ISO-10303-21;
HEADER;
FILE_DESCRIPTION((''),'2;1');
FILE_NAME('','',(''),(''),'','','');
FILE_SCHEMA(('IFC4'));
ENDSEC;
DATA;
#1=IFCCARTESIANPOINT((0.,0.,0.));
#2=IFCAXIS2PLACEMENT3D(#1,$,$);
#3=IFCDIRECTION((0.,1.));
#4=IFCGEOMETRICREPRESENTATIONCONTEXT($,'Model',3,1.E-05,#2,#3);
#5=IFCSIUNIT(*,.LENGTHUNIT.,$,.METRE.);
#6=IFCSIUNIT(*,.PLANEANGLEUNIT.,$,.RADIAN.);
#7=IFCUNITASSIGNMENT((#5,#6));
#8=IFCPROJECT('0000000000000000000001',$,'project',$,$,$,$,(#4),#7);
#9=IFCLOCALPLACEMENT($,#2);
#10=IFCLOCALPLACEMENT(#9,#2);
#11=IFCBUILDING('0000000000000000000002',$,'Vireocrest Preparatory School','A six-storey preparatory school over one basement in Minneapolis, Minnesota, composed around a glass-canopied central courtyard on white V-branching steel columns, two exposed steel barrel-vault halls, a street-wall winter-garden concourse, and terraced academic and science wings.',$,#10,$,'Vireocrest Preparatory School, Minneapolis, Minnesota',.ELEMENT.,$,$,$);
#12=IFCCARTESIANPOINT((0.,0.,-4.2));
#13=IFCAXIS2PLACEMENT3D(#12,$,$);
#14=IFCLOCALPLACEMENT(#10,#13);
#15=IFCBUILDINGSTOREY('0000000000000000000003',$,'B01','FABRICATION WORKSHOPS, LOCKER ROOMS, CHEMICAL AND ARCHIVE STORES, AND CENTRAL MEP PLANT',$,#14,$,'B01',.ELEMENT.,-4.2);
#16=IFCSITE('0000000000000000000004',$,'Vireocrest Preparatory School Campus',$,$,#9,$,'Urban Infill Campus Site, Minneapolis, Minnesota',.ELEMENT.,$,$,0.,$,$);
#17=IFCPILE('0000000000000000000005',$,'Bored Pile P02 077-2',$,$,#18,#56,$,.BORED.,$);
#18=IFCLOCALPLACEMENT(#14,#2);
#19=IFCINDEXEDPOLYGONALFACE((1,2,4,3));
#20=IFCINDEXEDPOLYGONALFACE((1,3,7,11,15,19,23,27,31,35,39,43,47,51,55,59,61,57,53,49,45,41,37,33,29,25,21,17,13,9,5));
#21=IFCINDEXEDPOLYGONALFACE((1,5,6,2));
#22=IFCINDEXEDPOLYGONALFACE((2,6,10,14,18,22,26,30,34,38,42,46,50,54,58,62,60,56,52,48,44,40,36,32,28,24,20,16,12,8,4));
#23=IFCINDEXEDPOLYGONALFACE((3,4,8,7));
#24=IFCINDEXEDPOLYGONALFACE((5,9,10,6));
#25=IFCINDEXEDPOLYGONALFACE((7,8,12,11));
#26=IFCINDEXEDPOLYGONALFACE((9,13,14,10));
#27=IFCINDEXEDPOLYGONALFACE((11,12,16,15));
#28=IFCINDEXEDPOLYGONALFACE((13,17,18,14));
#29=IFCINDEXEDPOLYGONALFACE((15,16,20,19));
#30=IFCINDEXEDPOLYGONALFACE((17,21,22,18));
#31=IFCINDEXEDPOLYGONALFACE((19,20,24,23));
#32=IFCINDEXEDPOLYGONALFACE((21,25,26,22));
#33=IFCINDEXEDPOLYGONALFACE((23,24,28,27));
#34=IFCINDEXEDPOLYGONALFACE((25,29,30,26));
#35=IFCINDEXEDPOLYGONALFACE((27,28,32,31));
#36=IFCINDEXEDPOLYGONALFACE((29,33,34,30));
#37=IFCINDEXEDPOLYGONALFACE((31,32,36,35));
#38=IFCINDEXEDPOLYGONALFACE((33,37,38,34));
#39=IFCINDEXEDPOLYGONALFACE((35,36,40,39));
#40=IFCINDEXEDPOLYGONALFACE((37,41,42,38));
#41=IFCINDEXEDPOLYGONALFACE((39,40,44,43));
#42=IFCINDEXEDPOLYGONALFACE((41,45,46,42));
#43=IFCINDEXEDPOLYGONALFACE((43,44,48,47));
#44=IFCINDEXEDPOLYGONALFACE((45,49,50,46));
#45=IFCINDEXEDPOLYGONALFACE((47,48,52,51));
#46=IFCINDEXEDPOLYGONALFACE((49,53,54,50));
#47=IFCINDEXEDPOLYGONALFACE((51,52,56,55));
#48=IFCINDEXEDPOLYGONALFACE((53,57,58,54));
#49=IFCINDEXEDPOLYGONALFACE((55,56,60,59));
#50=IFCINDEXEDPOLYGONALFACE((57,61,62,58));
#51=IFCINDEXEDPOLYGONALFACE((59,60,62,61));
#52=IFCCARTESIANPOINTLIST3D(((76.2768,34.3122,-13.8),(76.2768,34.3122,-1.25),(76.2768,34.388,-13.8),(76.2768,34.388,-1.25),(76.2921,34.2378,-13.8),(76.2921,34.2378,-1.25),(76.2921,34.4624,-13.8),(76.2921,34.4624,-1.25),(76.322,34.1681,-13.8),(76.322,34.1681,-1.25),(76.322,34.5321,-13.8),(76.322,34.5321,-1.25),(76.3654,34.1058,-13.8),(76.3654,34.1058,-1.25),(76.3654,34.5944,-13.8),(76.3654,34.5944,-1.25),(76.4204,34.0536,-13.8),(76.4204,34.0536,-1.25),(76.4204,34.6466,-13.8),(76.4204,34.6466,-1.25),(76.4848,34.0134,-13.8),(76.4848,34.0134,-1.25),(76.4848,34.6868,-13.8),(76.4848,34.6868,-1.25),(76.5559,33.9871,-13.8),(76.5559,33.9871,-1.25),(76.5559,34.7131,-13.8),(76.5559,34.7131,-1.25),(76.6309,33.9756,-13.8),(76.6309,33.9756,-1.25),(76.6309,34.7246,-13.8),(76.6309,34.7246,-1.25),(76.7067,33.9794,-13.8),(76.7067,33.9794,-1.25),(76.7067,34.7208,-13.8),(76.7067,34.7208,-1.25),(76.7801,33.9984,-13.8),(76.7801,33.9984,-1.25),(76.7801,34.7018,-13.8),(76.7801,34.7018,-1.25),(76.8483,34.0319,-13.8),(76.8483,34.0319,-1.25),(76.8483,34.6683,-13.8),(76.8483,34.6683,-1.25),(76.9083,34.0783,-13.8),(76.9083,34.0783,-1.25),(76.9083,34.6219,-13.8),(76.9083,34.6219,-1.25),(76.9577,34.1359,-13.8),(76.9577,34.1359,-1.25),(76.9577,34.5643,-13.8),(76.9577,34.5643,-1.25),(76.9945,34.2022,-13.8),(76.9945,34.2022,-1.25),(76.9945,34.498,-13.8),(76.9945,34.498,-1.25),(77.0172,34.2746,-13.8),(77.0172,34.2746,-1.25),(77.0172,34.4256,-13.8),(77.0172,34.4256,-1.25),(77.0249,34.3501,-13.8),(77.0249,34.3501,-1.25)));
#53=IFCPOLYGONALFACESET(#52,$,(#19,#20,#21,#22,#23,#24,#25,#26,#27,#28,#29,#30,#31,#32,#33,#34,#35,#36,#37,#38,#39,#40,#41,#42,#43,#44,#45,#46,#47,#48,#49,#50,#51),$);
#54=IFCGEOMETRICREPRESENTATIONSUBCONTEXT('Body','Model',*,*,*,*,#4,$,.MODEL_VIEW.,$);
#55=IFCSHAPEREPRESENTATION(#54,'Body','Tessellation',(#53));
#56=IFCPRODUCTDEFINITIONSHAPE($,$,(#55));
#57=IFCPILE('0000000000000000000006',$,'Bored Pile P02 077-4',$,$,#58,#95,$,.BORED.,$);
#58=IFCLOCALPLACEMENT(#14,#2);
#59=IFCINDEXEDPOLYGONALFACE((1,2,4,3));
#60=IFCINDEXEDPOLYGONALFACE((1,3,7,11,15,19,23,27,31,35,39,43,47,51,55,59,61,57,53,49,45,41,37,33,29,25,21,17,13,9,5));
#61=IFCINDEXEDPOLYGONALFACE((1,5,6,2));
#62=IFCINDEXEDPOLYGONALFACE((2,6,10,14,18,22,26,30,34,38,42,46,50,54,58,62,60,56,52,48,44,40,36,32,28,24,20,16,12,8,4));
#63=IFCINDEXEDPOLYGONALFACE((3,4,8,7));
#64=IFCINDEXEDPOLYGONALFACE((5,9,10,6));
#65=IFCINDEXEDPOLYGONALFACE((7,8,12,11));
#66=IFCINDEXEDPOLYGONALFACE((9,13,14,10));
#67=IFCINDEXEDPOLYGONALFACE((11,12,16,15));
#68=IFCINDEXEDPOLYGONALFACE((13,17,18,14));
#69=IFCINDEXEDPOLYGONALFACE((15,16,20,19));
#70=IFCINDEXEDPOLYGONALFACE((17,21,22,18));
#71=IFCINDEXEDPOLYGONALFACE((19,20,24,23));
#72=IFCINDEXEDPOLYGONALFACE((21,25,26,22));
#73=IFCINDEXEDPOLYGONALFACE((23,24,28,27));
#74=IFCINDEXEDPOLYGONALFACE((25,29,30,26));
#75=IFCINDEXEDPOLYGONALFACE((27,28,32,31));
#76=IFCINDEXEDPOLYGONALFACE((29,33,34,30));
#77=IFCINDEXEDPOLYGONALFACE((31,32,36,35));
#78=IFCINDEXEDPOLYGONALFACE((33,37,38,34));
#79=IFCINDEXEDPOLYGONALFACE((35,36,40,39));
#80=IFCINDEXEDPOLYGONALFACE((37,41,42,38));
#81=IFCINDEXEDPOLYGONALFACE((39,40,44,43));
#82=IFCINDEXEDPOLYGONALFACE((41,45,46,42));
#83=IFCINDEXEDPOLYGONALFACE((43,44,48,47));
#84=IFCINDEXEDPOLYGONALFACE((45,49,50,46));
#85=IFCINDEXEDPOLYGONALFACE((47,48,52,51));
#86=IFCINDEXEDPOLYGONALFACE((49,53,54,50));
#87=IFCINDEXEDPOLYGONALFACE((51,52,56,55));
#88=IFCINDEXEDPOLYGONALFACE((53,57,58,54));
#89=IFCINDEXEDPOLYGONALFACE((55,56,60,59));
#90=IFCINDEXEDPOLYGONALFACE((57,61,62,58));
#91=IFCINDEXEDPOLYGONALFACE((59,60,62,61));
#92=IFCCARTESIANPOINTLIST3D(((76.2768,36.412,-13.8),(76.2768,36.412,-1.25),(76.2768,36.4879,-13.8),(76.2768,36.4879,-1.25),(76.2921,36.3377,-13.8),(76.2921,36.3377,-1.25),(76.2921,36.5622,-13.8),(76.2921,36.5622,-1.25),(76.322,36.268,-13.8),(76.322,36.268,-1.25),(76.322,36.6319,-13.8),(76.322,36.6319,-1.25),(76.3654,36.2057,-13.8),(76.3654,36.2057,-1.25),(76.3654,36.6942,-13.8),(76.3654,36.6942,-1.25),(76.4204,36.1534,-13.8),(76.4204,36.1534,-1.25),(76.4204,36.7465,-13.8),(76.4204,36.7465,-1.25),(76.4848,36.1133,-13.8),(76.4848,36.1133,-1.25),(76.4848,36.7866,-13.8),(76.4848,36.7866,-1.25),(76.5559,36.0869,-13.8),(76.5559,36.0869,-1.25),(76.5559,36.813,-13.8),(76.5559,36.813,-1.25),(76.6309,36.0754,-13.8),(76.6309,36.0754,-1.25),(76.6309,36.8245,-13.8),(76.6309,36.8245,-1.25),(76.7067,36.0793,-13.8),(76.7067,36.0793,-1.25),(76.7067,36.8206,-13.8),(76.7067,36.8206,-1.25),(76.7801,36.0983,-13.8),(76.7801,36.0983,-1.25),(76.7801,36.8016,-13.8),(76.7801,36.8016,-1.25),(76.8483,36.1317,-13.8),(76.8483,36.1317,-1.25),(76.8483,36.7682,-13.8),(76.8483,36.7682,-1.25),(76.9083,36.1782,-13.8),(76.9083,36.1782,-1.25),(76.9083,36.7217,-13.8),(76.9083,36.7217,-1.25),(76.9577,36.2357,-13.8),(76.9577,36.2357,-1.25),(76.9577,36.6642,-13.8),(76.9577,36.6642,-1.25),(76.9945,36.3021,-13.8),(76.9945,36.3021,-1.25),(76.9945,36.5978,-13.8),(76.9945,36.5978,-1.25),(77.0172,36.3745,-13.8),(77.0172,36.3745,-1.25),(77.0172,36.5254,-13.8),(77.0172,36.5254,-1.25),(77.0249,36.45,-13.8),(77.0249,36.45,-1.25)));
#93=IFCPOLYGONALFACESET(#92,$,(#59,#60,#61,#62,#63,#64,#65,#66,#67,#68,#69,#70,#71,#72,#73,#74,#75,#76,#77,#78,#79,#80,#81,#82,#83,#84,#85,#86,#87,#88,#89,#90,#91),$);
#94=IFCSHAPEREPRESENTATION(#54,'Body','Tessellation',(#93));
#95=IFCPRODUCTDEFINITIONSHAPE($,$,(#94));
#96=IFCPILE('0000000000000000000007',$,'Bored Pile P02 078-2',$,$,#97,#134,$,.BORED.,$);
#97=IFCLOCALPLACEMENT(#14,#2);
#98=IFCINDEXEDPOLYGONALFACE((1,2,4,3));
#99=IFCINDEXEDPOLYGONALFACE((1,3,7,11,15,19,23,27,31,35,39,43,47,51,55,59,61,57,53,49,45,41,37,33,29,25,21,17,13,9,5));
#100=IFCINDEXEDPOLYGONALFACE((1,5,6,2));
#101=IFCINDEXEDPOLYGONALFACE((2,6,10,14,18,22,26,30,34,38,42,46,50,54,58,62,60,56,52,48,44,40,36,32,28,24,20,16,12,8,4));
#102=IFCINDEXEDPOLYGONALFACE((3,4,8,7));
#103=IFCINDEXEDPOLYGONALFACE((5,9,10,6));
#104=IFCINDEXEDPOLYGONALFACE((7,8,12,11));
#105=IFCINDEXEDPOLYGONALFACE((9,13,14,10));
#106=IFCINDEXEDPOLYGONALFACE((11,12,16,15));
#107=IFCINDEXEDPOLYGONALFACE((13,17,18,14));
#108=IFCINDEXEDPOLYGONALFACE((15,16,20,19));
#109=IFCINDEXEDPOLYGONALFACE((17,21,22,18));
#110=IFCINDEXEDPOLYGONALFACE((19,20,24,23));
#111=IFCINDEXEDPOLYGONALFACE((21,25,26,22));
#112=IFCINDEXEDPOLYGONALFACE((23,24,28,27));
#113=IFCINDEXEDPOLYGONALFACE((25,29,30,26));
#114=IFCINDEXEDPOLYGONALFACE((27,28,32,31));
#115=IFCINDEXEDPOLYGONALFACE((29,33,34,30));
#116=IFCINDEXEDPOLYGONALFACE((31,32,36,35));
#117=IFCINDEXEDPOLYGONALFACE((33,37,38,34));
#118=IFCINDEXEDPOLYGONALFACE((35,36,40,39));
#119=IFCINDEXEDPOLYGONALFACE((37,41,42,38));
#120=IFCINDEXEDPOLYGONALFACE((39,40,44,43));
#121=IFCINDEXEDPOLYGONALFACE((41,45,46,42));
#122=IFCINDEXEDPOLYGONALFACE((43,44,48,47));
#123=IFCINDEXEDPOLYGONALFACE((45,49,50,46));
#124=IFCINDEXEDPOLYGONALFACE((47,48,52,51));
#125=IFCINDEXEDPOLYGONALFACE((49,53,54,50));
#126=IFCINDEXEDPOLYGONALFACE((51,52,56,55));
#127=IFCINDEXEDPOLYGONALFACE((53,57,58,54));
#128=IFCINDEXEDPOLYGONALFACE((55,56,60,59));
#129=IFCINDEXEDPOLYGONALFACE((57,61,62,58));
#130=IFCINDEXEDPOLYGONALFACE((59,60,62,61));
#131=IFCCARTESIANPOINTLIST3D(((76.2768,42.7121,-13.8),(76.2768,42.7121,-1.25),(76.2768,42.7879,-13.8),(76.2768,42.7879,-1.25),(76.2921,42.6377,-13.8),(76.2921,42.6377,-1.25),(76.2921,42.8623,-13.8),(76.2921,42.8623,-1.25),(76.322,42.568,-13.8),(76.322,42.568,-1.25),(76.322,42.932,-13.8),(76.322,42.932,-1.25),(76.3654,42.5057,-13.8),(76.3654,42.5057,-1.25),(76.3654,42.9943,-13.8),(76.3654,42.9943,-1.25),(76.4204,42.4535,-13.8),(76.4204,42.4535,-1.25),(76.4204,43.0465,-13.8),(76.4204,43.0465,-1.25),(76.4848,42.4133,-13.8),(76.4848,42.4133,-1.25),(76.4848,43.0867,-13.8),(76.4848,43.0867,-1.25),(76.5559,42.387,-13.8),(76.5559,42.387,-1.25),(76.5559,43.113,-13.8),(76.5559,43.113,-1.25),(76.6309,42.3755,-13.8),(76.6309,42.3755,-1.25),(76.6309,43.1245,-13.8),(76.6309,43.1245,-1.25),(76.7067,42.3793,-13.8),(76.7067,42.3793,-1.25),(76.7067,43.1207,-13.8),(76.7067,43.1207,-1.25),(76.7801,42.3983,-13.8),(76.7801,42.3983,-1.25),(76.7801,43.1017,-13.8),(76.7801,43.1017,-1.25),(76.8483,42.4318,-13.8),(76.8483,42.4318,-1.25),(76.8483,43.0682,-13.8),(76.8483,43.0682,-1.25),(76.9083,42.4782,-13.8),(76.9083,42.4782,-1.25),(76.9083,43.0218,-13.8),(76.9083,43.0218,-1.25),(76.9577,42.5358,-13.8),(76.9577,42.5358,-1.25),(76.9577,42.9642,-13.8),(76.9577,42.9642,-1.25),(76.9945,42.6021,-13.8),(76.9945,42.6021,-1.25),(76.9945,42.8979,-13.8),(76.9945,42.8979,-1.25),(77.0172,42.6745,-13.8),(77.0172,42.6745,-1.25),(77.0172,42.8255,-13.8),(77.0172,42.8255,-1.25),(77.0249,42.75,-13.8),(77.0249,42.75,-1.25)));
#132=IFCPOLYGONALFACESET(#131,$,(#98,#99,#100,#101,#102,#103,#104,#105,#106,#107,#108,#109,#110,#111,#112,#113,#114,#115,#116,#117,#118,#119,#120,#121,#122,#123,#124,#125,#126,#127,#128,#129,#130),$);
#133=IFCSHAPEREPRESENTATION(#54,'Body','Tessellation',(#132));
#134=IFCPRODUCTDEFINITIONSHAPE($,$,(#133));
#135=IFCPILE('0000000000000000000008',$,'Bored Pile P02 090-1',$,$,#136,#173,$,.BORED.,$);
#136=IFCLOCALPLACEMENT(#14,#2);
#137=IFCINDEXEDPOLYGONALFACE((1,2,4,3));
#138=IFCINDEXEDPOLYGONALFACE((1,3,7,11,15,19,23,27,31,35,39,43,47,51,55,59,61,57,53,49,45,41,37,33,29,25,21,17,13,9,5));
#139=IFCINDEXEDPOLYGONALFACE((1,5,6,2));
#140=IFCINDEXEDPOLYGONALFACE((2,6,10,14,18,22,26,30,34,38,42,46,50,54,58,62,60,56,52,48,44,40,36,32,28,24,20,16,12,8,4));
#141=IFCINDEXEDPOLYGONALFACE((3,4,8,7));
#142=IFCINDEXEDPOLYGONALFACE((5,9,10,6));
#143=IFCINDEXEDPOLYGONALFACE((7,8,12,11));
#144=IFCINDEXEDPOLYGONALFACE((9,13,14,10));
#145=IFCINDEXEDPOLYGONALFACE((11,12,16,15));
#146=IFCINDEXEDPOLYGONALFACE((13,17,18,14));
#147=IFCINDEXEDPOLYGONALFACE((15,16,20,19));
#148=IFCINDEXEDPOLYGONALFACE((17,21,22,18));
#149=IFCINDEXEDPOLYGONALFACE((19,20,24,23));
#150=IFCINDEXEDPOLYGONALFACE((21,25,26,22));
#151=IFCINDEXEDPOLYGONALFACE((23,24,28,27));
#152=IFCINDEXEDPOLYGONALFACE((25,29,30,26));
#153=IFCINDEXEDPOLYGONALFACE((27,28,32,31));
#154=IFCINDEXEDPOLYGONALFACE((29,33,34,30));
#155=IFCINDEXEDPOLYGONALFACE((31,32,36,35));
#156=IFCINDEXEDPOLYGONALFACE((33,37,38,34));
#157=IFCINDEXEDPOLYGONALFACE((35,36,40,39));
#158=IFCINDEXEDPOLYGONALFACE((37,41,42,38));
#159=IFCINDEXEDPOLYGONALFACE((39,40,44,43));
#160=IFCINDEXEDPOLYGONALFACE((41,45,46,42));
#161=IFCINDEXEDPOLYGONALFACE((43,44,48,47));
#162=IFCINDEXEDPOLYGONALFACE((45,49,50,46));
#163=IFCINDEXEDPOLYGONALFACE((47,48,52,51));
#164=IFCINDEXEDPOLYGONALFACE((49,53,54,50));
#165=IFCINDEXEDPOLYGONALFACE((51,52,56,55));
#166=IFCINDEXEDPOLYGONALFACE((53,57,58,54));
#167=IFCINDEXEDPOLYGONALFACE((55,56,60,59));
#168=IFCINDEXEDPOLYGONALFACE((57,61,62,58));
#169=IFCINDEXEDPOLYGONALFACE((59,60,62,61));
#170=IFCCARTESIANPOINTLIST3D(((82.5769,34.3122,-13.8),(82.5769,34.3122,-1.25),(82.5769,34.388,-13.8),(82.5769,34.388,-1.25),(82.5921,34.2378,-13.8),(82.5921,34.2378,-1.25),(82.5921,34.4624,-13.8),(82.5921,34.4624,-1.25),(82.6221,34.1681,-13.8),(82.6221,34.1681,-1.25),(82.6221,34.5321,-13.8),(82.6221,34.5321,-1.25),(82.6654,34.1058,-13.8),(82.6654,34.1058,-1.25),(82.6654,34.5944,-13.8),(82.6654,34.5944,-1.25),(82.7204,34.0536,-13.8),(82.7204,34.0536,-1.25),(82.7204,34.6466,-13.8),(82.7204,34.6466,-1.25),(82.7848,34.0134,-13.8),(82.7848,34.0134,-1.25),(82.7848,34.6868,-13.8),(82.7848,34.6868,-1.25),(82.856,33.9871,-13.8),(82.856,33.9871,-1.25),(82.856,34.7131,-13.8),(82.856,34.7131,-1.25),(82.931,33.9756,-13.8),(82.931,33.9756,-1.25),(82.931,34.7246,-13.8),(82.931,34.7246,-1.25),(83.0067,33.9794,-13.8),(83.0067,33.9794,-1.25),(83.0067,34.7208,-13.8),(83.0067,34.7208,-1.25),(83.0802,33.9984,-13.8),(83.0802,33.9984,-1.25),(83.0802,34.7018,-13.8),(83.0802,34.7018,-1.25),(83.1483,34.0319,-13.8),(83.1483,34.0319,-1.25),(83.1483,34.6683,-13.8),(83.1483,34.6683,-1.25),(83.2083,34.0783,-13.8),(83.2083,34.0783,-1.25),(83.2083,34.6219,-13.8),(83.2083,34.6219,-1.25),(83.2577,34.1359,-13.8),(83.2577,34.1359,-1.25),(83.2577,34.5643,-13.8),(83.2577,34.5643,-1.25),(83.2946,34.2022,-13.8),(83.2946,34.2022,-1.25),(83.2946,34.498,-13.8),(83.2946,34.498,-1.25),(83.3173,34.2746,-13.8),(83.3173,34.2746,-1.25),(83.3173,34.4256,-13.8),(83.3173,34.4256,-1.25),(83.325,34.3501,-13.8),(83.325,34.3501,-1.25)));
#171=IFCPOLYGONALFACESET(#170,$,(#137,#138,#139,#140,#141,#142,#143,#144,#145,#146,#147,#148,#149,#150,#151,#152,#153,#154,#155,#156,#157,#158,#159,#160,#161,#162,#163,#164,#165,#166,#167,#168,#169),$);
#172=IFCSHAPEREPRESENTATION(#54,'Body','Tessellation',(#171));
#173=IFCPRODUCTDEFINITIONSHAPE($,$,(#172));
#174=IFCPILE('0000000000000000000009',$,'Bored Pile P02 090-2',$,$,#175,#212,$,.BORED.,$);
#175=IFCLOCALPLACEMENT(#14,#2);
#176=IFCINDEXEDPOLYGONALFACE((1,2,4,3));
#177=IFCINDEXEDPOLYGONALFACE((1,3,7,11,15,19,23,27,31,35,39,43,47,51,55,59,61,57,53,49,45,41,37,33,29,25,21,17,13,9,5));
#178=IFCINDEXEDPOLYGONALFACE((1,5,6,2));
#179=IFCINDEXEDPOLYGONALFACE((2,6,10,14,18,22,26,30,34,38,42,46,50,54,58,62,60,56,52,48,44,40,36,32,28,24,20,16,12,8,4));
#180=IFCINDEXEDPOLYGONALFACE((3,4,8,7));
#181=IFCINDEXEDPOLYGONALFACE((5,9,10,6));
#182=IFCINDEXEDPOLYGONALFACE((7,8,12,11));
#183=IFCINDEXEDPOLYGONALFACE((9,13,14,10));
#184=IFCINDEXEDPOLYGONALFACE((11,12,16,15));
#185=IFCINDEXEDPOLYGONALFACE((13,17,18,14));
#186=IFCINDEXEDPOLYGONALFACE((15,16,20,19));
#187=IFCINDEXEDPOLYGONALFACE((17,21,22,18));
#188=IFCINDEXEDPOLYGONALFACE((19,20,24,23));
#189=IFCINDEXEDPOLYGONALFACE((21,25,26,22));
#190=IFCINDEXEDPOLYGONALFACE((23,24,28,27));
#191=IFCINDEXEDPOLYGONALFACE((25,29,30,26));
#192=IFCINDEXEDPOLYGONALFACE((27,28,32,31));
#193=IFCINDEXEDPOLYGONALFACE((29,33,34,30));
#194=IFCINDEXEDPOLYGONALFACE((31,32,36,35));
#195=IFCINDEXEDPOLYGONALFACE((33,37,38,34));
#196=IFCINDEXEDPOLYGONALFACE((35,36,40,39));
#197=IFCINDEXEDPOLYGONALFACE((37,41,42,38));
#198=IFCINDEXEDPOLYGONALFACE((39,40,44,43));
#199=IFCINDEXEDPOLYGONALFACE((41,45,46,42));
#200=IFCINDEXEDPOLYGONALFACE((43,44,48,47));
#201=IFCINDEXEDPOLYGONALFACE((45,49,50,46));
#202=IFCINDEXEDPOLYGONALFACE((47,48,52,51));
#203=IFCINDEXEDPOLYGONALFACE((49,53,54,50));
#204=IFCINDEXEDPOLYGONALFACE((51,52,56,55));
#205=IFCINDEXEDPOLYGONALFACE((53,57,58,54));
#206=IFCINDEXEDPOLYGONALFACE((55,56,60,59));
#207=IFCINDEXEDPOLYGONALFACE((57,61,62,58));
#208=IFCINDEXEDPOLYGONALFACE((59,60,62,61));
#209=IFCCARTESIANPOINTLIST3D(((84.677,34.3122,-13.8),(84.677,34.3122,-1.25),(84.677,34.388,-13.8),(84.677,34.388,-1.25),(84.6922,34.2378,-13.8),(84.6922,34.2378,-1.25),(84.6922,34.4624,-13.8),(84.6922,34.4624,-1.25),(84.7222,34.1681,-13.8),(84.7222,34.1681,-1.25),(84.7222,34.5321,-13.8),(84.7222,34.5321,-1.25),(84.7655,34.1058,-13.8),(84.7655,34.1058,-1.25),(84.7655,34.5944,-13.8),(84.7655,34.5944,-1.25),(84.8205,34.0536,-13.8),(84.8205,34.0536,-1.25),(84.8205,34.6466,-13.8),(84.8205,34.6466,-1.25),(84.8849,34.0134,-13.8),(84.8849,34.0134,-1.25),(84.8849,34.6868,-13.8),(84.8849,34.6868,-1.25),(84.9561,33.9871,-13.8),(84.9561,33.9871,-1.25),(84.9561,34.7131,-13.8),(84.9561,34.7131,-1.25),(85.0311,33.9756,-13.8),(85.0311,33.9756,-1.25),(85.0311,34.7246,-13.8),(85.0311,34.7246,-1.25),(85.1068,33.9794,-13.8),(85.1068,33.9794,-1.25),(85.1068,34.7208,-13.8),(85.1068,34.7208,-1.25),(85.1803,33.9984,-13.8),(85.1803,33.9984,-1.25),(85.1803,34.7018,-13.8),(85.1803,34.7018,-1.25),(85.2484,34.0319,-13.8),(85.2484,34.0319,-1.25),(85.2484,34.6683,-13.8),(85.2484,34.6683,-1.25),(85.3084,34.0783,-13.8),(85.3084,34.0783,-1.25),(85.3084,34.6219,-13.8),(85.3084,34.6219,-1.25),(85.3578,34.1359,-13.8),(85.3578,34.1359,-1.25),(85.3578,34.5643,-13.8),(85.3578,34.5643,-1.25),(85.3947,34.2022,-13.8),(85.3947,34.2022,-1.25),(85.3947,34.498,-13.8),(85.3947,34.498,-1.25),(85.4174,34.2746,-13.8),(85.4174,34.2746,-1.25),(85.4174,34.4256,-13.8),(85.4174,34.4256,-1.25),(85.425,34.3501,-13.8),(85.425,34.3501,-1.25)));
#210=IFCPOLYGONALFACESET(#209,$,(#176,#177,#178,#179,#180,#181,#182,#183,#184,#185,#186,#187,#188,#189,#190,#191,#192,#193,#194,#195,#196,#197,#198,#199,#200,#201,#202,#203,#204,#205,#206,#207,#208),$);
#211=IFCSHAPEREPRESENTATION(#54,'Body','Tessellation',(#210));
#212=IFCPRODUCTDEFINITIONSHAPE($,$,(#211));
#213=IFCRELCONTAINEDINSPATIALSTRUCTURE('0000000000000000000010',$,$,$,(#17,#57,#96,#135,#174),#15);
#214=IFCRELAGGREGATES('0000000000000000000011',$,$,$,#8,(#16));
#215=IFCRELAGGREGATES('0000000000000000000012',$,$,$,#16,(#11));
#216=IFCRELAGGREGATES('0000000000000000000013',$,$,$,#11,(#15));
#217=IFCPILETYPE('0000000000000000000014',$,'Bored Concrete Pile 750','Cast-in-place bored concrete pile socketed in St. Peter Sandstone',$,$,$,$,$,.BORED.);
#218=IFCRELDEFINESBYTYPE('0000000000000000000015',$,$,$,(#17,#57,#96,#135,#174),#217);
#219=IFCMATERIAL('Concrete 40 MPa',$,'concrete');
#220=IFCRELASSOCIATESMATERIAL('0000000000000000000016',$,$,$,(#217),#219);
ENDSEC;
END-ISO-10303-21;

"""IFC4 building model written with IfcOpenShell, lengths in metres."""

from ifc_helpers import new_model, si_unit, direction, frame, origin, origin_2d, place, context, subcontext, project, spatial, circle, extrude, material, material_profile, profile_set, type_object, element, save


model = new_model("IFC4")

# Units and contexts
model_context = context("Model", 3, precision=1e-05, world=origin(), true_north=direction((0.0, 1.0)))
body_context = subcontext(model_context, "Body", "Model", "MODEL_VIEW")
ifc_project = project(units=[si_unit("LENGTHUNIT", "METRE"), si_unit("PLANEANGLEUNIT", "RADIAN")], contexts=[model_context])

# Site, building, storey
site_placement = place(None, origin())
site = spatial("IfcSite", under=ifc_project, at=site_placement, Name="Vireocrest Preparatory School Campus", LongName="Urban Infill Campus Site, Minneapolis, Minnesota", CompositionType="ELEMENT", RefElevation=0.0)
building_placement = place(site_placement, origin())
building = spatial("IfcBuilding", under=site, at=building_placement, Name="Vireocrest Preparatory School", Description="A six-storey preparatory school over one basement in Minneapolis, Minnesota, composed around a glass-canopied central courtyard on white V-branching steel columns, two exposed steel barrel-vault halls, a street-wall winter-garden concourse, and terraced academic and science wings.", LongName="Vireocrest Preparatory School, Minneapolis, Minnesota", CompositionType="ELEMENT")
storey_placement = place(building_placement, frame((0.0, 0.0, -4.2)))
storey = spatial("IfcBuildingStorey", under=building, at=storey_placement, Name="B01", Description="FABRICATION WORKSHOPS, LOCKER ROOMS, CHEMICAL AND ARCHIVE STORES, AND CENTRAL MEP PLANT", LongName="B01", CompositionType="ELEMENT", Elevation=-4.2)

# Piles
ifc_material_1 = material(Name="Concrete 40 MPa", Category="concrete")
ifc_material_profile_1 = material_profile(ifc_material_1, circle(Radius=0.375, at=origin_2d()), Name="BORED PILE 750")
ifc_profile_set_1 = profile_set([ifc_material_profile_1], Name="Concrete 40 MPa")
pile_type_1 = type_object("IfcPileType", Name="Bored Concrete Pile 750", Description="Cast-in-place bored concrete pile socketed in St. Peter Sandstone", PredefinedType="BORED", material=ifc_profile_set_1)
for number, where, z_axis, x_axis, name in (
    (1, (76.6499, 34.3501, -1.25), (0.0, 0.0, -1.0), (1.0, 0.0, 0.0), "Bored Pile P02 077-2"),
    (2, (76.6499, 36.45, -1.25), (0.0, 0.0, -1.0), (1.0, 0.0, 0.0), "Bored Pile P02 077-4"),
    (3, (76.6499, 42.75, -1.25), (0.0, 0.0, -1.0), (1.0, 0.0, 0.0), "Bored Pile P02 078-2"),
    (4, (82.95, 34.3501, -1.25), (0.0, 0.0, -1.0), (1.0, 0.0, 0.0), "Bored Pile P02 090-1"),
    (5, (85.05, 34.3501, -1.25), (0.0, 0.0, -1.0), (1.0, 0.0, 0.0), "Bored Pile P02 090-2"),
):
    element("IfcPile", number, at=place(storey_placement, frame(where, z_axis=z_axis, x_axis=x_axis)), inside=storey, type_object=pile_type_1, Name=name, PredefinedType="BORED", context=body_context, shape_type="SweptSolid", body=[
        extrude(circle(Radius=0.375, at=origin_2d()), origin(), (0.0, 0.0, 1.0), 12.55),
    ])

save(model, "model.ifc")
